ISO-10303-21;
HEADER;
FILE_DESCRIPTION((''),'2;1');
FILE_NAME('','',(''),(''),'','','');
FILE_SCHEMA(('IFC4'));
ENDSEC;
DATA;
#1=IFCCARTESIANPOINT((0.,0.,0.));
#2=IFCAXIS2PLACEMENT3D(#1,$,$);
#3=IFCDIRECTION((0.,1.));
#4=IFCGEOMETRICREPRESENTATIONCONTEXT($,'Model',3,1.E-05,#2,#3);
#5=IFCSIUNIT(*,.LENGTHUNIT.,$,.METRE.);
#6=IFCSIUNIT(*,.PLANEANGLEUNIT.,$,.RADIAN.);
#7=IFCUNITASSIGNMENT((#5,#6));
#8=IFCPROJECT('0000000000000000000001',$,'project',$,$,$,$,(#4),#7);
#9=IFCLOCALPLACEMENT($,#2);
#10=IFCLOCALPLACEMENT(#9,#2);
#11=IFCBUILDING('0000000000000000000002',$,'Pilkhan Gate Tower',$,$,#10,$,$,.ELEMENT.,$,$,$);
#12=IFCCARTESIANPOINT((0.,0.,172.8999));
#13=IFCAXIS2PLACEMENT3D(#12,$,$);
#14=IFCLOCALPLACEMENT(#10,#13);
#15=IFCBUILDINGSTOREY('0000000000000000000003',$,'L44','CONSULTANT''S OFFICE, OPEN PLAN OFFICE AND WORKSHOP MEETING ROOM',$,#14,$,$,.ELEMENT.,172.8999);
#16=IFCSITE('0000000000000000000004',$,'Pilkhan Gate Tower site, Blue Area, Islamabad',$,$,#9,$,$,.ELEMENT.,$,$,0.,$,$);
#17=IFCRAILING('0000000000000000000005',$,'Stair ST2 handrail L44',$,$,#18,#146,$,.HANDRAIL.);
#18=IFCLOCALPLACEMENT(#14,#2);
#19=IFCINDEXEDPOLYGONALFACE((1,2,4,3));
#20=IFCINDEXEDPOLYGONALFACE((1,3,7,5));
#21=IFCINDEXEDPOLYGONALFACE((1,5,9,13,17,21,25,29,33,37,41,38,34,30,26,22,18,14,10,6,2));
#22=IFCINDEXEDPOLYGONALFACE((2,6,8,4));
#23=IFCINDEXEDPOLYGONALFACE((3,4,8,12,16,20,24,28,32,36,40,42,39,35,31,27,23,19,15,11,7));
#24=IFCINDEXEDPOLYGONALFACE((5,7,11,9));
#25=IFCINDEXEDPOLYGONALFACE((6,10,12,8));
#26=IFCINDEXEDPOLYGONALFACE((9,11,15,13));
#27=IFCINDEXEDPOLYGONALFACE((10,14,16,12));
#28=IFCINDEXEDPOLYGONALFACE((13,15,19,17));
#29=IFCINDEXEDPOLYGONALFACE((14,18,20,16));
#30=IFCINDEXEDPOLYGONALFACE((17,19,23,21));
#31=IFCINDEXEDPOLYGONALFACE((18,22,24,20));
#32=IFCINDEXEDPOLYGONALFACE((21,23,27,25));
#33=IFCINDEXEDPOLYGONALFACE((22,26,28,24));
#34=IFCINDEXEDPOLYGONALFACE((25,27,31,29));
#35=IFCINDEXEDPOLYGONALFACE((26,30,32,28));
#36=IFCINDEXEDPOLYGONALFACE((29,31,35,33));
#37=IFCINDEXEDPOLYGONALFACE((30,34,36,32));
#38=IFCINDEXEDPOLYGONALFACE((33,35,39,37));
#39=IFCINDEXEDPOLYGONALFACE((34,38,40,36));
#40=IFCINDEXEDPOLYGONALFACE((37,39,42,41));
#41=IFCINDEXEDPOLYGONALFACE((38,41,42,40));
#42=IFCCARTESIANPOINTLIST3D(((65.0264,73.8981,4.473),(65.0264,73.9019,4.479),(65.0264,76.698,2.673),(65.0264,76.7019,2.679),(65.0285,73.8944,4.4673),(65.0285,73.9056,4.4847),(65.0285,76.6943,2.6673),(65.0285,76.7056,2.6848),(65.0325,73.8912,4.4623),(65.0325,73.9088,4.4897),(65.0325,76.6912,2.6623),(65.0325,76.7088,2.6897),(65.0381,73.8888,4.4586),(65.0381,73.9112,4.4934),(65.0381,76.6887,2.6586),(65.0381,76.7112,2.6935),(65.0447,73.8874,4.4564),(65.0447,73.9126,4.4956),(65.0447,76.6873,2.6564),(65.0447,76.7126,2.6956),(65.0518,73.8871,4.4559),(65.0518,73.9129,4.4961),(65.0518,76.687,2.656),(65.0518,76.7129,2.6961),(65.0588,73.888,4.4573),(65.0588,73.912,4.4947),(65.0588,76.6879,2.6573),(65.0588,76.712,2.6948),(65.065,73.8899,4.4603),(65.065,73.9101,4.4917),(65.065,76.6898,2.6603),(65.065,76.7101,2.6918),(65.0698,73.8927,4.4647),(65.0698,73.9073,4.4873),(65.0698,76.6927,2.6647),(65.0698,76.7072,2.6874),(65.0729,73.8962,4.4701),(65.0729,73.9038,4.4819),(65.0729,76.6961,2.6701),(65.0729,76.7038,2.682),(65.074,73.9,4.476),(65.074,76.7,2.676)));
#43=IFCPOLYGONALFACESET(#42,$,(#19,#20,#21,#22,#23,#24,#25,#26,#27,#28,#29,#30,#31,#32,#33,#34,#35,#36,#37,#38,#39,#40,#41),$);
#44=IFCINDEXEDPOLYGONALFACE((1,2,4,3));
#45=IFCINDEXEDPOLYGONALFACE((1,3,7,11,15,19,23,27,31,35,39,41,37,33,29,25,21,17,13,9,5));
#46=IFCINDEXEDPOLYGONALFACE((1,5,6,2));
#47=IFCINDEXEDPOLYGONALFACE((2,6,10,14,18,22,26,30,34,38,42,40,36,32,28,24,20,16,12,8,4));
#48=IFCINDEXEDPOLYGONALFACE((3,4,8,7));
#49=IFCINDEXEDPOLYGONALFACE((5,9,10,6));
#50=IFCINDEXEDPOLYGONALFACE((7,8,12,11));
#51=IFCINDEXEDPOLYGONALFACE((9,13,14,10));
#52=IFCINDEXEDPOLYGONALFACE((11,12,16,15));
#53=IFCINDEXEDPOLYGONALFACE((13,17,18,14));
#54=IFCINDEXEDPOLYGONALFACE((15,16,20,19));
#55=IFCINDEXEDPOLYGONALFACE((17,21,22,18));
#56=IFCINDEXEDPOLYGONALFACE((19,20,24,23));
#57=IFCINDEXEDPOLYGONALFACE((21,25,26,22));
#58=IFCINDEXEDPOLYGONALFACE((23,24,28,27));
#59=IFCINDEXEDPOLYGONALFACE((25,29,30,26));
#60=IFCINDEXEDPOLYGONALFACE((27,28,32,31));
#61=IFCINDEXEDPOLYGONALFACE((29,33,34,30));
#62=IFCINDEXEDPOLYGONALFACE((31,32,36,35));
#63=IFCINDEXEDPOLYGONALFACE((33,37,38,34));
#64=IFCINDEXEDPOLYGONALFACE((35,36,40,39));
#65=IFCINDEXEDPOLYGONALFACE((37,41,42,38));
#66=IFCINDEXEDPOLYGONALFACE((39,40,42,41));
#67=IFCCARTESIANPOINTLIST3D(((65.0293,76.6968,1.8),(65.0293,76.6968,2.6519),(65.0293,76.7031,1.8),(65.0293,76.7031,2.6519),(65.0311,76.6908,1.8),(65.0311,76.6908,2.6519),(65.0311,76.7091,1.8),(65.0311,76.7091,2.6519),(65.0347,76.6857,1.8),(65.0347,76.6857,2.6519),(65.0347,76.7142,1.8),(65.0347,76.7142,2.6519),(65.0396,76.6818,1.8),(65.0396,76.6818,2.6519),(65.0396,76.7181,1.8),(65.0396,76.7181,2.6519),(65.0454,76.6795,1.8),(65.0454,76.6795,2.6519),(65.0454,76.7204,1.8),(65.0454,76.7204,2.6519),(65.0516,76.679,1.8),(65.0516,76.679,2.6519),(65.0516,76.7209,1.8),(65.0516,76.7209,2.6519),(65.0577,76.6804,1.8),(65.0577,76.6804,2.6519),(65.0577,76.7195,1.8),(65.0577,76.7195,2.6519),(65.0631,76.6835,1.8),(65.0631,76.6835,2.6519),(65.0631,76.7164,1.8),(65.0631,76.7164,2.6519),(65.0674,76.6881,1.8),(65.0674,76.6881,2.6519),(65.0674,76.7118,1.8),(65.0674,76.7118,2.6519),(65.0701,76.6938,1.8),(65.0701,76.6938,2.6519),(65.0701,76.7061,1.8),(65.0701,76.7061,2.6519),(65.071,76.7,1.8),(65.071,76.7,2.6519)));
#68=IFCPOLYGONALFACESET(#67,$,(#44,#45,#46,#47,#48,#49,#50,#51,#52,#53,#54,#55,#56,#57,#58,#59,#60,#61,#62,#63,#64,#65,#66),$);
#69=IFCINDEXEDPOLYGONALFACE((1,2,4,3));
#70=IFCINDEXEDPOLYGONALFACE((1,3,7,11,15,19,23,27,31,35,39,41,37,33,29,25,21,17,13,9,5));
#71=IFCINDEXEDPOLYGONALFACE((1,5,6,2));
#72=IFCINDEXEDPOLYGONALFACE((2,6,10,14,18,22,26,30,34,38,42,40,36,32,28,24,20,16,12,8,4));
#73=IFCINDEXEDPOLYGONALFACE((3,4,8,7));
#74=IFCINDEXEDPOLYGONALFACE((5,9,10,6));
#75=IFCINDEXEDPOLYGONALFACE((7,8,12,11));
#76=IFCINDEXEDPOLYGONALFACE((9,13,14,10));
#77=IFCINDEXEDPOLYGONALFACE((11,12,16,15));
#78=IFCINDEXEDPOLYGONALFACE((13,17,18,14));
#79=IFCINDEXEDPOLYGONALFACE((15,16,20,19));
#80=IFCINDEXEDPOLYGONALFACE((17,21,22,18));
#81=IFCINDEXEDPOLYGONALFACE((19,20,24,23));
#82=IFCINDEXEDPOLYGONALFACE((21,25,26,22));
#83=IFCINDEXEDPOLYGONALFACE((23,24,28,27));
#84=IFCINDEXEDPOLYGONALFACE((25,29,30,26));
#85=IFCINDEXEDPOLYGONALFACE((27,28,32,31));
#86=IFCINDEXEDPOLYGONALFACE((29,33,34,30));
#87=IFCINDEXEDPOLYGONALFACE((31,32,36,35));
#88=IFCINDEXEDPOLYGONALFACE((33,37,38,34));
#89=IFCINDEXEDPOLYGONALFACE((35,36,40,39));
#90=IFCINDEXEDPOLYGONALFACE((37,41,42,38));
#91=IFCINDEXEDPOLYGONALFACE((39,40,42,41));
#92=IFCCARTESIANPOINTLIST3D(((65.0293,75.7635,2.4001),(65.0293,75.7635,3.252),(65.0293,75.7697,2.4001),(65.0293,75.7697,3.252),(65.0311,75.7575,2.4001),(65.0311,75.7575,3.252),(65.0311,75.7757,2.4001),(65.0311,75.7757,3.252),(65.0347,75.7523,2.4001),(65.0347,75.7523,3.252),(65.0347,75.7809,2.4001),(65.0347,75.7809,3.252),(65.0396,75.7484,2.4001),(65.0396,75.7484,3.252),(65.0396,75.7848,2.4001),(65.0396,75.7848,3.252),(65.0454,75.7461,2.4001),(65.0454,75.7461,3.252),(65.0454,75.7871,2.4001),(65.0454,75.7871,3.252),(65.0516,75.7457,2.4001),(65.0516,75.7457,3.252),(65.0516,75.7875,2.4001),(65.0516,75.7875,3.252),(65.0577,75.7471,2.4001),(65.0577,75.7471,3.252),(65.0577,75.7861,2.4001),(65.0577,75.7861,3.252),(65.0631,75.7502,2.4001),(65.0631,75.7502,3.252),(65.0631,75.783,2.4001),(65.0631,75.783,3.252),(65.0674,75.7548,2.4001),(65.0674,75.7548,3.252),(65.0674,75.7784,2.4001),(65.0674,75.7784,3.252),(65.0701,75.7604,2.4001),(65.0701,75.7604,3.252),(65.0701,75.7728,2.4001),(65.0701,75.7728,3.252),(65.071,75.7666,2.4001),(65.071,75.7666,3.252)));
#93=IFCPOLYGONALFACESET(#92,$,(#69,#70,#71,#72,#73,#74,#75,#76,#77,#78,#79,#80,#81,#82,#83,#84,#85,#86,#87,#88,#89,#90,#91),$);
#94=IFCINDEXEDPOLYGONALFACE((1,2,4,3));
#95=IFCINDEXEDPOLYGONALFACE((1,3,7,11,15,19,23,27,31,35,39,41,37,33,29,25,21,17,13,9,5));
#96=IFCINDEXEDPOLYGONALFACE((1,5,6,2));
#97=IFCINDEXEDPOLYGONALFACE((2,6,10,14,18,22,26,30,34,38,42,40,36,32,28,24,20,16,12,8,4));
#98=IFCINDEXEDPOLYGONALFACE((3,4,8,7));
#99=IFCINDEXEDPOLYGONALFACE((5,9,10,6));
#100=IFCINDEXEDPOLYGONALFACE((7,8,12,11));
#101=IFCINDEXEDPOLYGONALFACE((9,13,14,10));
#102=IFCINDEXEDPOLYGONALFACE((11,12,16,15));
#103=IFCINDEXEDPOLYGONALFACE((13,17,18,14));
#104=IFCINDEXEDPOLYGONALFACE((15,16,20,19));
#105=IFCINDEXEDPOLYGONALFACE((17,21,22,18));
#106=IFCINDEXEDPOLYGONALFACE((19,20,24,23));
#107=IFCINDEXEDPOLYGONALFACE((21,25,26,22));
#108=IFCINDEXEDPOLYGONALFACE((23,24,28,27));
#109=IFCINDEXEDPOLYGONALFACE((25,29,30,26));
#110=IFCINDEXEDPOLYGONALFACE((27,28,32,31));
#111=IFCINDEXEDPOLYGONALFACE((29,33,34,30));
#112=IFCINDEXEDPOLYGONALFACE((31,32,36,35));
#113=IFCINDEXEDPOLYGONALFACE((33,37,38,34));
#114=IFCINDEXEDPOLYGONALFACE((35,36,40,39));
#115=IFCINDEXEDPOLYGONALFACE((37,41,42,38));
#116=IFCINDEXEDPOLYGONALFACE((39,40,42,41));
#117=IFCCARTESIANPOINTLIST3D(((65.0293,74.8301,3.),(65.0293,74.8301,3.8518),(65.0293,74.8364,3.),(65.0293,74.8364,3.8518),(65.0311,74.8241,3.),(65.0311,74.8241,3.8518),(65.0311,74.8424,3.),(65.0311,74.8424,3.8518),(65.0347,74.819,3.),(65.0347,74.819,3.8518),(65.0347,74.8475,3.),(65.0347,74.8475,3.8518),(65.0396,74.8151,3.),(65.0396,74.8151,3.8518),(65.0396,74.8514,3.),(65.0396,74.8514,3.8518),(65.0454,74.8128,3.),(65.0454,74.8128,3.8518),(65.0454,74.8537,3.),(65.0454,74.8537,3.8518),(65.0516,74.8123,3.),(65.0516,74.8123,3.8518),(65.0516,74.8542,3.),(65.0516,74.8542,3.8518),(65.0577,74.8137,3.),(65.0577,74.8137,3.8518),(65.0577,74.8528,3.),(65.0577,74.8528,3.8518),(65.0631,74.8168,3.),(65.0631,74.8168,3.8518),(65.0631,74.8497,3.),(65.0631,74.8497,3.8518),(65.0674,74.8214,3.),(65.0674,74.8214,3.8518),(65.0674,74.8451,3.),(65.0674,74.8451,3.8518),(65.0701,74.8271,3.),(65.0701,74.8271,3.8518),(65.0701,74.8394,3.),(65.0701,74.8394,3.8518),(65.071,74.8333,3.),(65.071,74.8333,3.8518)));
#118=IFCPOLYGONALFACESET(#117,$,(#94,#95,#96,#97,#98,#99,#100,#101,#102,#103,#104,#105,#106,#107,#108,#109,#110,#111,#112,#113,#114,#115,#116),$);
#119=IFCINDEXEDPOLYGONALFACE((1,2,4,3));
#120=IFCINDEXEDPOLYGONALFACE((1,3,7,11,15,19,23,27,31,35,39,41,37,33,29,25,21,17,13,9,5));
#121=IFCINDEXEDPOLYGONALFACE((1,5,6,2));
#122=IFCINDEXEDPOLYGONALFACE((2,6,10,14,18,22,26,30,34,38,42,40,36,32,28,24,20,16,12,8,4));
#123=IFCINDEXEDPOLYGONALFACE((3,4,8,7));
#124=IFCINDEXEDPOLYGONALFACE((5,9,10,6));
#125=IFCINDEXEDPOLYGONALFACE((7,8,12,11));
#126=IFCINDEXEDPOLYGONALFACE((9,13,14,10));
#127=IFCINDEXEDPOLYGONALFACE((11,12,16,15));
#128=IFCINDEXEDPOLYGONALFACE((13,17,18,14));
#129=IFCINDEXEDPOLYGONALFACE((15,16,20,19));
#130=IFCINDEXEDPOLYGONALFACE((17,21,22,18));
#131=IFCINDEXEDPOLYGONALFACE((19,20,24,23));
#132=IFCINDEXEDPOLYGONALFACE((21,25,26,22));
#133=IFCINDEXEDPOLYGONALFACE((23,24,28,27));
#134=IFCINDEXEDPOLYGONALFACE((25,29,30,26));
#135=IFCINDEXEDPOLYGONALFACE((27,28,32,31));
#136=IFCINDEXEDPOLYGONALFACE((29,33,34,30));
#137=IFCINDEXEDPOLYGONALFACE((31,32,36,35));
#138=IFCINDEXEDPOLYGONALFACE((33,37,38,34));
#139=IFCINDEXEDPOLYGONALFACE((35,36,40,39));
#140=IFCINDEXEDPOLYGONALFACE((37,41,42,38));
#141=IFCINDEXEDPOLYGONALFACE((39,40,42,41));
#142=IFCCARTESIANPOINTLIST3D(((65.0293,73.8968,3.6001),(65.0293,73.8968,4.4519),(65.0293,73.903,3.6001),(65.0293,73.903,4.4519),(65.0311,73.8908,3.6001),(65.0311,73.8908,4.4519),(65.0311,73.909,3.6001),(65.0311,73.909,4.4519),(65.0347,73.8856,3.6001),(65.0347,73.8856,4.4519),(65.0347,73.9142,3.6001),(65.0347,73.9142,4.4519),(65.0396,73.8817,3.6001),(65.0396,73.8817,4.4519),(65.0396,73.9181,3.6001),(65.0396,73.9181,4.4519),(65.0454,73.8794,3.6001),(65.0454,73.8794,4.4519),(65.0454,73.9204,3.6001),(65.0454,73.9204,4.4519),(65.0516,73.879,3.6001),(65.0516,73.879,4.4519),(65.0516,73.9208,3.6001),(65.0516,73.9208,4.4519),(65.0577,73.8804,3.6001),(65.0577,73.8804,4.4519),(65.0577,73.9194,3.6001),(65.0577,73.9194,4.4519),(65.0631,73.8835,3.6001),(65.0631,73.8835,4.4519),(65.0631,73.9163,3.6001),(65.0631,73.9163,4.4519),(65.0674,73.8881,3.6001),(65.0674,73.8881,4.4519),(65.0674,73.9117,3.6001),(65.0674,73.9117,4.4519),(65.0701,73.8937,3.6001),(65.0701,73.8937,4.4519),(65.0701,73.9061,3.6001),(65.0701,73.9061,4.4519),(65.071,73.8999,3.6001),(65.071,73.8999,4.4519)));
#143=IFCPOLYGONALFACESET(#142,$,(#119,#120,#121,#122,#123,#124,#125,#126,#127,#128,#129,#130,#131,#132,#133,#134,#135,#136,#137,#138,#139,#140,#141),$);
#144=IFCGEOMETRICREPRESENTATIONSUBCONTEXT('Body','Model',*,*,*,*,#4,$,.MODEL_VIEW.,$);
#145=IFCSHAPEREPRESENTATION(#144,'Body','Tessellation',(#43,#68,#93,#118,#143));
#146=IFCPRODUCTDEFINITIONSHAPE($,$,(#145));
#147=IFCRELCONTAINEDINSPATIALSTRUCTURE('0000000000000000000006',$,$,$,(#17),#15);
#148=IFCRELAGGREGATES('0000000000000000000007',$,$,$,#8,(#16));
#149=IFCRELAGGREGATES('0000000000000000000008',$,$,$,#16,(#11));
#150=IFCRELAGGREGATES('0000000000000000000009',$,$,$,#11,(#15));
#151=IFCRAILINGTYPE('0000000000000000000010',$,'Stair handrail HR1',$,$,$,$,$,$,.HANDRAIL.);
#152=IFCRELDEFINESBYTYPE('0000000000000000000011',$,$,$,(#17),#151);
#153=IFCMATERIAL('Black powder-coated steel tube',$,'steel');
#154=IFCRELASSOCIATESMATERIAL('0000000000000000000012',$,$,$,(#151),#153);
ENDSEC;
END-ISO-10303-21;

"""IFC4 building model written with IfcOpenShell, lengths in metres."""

from ifc_helpers import new_model, si_unit, direction, frame, origin, origin_2d, place, context, subcontext, project, spatial, circle, extrude, material, type_object, element, save


model = new_model("IFC4")

# Units and contexts
model_context = context("Model", 3, precision=1e-05, world=origin(), true_north=direction((0.0, 1.0)))
body_context = subcontext(model_context, "Body", "Model", "MODEL_VIEW")
ifc_project = project(units=[si_unit("LENGTHUNIT", "METRE"), si_unit("PLANEANGLEUNIT", "RADIAN")], contexts=[model_context])

# Site, building, storey
site_placement = place(None, origin())
site = spatial("IfcSite", under=ifc_project, at=site_placement, Name="Pilkhan Gate Tower site, Blue Area, Islamabad", CompositionType="ELEMENT", RefElevation=0.0)
building_placement = place(site_placement, origin())
building = spatial("IfcBuilding", under=site, at=building_placement, Name="Pilkhan Gate Tower", CompositionType="ELEMENT")
storey_placement = place(building_placement, frame((0.0, 0.0, 172.8999)))
storey = spatial("IfcBuildingStorey", under=building, at=storey_placement, Name="L44", Description="CONSULTANT'S OFFICE, OPEN PLAN OFFICE AND WORKSHOP MEETING ROOM", CompositionType="ELEMENT", Elevation=172.8999)

# Railing
ifc_material_1 = material(Name="Black powder-coated steel tube", Category="steel")
railing_type_1 = type_object("IfcRailingType", Name="Stair handrail HR1", PredefinedType="HANDRAIL", material=ifc_material_1)
railing_1_placement = place(storey_placement, frame((65.05, 76.7, 1.8)))
element("IfcRailing", 1, at=railing_1_placement, inside=storey, type_object=railing_type_1, Name="Stair ST2 handrail L44", PredefinedType="HANDRAIL", context=body_context, shape_type="SweptSolid", body=[
    extrude(circle(Radius=0.0239, at=origin_2d()), frame((0.0, 0.0, 0.876), z_axis=(0.0, -0.841176, 0.540761), x_axis=(1.0, 0.0, 0.0)), (0.0, 0.0, 1.0), 3.3286),
    extrude(circle(Radius=0.021, at=origin_2d()), origin(), (0.0, 0.0, 1.0), 0.8518),
    extrude(circle(Radius=0.021, at=origin_2d()), frame((0.0, -0.9333, 0.6001)), (0.0, 0.0, 1.0), 0.8518),
    extrude(circle(Radius=0.021, at=origin_2d()), frame((0.0, -1.8667, 1.2)), (0.0, 0.0, 1.0), 0.8518),
    extrude(circle(Radius=0.021, at=origin_2d()), frame((0.0, -2.8, 1.8)), (0.0, 0.0, 1.0), 0.8518),
])

save(model, "model.ifc")
